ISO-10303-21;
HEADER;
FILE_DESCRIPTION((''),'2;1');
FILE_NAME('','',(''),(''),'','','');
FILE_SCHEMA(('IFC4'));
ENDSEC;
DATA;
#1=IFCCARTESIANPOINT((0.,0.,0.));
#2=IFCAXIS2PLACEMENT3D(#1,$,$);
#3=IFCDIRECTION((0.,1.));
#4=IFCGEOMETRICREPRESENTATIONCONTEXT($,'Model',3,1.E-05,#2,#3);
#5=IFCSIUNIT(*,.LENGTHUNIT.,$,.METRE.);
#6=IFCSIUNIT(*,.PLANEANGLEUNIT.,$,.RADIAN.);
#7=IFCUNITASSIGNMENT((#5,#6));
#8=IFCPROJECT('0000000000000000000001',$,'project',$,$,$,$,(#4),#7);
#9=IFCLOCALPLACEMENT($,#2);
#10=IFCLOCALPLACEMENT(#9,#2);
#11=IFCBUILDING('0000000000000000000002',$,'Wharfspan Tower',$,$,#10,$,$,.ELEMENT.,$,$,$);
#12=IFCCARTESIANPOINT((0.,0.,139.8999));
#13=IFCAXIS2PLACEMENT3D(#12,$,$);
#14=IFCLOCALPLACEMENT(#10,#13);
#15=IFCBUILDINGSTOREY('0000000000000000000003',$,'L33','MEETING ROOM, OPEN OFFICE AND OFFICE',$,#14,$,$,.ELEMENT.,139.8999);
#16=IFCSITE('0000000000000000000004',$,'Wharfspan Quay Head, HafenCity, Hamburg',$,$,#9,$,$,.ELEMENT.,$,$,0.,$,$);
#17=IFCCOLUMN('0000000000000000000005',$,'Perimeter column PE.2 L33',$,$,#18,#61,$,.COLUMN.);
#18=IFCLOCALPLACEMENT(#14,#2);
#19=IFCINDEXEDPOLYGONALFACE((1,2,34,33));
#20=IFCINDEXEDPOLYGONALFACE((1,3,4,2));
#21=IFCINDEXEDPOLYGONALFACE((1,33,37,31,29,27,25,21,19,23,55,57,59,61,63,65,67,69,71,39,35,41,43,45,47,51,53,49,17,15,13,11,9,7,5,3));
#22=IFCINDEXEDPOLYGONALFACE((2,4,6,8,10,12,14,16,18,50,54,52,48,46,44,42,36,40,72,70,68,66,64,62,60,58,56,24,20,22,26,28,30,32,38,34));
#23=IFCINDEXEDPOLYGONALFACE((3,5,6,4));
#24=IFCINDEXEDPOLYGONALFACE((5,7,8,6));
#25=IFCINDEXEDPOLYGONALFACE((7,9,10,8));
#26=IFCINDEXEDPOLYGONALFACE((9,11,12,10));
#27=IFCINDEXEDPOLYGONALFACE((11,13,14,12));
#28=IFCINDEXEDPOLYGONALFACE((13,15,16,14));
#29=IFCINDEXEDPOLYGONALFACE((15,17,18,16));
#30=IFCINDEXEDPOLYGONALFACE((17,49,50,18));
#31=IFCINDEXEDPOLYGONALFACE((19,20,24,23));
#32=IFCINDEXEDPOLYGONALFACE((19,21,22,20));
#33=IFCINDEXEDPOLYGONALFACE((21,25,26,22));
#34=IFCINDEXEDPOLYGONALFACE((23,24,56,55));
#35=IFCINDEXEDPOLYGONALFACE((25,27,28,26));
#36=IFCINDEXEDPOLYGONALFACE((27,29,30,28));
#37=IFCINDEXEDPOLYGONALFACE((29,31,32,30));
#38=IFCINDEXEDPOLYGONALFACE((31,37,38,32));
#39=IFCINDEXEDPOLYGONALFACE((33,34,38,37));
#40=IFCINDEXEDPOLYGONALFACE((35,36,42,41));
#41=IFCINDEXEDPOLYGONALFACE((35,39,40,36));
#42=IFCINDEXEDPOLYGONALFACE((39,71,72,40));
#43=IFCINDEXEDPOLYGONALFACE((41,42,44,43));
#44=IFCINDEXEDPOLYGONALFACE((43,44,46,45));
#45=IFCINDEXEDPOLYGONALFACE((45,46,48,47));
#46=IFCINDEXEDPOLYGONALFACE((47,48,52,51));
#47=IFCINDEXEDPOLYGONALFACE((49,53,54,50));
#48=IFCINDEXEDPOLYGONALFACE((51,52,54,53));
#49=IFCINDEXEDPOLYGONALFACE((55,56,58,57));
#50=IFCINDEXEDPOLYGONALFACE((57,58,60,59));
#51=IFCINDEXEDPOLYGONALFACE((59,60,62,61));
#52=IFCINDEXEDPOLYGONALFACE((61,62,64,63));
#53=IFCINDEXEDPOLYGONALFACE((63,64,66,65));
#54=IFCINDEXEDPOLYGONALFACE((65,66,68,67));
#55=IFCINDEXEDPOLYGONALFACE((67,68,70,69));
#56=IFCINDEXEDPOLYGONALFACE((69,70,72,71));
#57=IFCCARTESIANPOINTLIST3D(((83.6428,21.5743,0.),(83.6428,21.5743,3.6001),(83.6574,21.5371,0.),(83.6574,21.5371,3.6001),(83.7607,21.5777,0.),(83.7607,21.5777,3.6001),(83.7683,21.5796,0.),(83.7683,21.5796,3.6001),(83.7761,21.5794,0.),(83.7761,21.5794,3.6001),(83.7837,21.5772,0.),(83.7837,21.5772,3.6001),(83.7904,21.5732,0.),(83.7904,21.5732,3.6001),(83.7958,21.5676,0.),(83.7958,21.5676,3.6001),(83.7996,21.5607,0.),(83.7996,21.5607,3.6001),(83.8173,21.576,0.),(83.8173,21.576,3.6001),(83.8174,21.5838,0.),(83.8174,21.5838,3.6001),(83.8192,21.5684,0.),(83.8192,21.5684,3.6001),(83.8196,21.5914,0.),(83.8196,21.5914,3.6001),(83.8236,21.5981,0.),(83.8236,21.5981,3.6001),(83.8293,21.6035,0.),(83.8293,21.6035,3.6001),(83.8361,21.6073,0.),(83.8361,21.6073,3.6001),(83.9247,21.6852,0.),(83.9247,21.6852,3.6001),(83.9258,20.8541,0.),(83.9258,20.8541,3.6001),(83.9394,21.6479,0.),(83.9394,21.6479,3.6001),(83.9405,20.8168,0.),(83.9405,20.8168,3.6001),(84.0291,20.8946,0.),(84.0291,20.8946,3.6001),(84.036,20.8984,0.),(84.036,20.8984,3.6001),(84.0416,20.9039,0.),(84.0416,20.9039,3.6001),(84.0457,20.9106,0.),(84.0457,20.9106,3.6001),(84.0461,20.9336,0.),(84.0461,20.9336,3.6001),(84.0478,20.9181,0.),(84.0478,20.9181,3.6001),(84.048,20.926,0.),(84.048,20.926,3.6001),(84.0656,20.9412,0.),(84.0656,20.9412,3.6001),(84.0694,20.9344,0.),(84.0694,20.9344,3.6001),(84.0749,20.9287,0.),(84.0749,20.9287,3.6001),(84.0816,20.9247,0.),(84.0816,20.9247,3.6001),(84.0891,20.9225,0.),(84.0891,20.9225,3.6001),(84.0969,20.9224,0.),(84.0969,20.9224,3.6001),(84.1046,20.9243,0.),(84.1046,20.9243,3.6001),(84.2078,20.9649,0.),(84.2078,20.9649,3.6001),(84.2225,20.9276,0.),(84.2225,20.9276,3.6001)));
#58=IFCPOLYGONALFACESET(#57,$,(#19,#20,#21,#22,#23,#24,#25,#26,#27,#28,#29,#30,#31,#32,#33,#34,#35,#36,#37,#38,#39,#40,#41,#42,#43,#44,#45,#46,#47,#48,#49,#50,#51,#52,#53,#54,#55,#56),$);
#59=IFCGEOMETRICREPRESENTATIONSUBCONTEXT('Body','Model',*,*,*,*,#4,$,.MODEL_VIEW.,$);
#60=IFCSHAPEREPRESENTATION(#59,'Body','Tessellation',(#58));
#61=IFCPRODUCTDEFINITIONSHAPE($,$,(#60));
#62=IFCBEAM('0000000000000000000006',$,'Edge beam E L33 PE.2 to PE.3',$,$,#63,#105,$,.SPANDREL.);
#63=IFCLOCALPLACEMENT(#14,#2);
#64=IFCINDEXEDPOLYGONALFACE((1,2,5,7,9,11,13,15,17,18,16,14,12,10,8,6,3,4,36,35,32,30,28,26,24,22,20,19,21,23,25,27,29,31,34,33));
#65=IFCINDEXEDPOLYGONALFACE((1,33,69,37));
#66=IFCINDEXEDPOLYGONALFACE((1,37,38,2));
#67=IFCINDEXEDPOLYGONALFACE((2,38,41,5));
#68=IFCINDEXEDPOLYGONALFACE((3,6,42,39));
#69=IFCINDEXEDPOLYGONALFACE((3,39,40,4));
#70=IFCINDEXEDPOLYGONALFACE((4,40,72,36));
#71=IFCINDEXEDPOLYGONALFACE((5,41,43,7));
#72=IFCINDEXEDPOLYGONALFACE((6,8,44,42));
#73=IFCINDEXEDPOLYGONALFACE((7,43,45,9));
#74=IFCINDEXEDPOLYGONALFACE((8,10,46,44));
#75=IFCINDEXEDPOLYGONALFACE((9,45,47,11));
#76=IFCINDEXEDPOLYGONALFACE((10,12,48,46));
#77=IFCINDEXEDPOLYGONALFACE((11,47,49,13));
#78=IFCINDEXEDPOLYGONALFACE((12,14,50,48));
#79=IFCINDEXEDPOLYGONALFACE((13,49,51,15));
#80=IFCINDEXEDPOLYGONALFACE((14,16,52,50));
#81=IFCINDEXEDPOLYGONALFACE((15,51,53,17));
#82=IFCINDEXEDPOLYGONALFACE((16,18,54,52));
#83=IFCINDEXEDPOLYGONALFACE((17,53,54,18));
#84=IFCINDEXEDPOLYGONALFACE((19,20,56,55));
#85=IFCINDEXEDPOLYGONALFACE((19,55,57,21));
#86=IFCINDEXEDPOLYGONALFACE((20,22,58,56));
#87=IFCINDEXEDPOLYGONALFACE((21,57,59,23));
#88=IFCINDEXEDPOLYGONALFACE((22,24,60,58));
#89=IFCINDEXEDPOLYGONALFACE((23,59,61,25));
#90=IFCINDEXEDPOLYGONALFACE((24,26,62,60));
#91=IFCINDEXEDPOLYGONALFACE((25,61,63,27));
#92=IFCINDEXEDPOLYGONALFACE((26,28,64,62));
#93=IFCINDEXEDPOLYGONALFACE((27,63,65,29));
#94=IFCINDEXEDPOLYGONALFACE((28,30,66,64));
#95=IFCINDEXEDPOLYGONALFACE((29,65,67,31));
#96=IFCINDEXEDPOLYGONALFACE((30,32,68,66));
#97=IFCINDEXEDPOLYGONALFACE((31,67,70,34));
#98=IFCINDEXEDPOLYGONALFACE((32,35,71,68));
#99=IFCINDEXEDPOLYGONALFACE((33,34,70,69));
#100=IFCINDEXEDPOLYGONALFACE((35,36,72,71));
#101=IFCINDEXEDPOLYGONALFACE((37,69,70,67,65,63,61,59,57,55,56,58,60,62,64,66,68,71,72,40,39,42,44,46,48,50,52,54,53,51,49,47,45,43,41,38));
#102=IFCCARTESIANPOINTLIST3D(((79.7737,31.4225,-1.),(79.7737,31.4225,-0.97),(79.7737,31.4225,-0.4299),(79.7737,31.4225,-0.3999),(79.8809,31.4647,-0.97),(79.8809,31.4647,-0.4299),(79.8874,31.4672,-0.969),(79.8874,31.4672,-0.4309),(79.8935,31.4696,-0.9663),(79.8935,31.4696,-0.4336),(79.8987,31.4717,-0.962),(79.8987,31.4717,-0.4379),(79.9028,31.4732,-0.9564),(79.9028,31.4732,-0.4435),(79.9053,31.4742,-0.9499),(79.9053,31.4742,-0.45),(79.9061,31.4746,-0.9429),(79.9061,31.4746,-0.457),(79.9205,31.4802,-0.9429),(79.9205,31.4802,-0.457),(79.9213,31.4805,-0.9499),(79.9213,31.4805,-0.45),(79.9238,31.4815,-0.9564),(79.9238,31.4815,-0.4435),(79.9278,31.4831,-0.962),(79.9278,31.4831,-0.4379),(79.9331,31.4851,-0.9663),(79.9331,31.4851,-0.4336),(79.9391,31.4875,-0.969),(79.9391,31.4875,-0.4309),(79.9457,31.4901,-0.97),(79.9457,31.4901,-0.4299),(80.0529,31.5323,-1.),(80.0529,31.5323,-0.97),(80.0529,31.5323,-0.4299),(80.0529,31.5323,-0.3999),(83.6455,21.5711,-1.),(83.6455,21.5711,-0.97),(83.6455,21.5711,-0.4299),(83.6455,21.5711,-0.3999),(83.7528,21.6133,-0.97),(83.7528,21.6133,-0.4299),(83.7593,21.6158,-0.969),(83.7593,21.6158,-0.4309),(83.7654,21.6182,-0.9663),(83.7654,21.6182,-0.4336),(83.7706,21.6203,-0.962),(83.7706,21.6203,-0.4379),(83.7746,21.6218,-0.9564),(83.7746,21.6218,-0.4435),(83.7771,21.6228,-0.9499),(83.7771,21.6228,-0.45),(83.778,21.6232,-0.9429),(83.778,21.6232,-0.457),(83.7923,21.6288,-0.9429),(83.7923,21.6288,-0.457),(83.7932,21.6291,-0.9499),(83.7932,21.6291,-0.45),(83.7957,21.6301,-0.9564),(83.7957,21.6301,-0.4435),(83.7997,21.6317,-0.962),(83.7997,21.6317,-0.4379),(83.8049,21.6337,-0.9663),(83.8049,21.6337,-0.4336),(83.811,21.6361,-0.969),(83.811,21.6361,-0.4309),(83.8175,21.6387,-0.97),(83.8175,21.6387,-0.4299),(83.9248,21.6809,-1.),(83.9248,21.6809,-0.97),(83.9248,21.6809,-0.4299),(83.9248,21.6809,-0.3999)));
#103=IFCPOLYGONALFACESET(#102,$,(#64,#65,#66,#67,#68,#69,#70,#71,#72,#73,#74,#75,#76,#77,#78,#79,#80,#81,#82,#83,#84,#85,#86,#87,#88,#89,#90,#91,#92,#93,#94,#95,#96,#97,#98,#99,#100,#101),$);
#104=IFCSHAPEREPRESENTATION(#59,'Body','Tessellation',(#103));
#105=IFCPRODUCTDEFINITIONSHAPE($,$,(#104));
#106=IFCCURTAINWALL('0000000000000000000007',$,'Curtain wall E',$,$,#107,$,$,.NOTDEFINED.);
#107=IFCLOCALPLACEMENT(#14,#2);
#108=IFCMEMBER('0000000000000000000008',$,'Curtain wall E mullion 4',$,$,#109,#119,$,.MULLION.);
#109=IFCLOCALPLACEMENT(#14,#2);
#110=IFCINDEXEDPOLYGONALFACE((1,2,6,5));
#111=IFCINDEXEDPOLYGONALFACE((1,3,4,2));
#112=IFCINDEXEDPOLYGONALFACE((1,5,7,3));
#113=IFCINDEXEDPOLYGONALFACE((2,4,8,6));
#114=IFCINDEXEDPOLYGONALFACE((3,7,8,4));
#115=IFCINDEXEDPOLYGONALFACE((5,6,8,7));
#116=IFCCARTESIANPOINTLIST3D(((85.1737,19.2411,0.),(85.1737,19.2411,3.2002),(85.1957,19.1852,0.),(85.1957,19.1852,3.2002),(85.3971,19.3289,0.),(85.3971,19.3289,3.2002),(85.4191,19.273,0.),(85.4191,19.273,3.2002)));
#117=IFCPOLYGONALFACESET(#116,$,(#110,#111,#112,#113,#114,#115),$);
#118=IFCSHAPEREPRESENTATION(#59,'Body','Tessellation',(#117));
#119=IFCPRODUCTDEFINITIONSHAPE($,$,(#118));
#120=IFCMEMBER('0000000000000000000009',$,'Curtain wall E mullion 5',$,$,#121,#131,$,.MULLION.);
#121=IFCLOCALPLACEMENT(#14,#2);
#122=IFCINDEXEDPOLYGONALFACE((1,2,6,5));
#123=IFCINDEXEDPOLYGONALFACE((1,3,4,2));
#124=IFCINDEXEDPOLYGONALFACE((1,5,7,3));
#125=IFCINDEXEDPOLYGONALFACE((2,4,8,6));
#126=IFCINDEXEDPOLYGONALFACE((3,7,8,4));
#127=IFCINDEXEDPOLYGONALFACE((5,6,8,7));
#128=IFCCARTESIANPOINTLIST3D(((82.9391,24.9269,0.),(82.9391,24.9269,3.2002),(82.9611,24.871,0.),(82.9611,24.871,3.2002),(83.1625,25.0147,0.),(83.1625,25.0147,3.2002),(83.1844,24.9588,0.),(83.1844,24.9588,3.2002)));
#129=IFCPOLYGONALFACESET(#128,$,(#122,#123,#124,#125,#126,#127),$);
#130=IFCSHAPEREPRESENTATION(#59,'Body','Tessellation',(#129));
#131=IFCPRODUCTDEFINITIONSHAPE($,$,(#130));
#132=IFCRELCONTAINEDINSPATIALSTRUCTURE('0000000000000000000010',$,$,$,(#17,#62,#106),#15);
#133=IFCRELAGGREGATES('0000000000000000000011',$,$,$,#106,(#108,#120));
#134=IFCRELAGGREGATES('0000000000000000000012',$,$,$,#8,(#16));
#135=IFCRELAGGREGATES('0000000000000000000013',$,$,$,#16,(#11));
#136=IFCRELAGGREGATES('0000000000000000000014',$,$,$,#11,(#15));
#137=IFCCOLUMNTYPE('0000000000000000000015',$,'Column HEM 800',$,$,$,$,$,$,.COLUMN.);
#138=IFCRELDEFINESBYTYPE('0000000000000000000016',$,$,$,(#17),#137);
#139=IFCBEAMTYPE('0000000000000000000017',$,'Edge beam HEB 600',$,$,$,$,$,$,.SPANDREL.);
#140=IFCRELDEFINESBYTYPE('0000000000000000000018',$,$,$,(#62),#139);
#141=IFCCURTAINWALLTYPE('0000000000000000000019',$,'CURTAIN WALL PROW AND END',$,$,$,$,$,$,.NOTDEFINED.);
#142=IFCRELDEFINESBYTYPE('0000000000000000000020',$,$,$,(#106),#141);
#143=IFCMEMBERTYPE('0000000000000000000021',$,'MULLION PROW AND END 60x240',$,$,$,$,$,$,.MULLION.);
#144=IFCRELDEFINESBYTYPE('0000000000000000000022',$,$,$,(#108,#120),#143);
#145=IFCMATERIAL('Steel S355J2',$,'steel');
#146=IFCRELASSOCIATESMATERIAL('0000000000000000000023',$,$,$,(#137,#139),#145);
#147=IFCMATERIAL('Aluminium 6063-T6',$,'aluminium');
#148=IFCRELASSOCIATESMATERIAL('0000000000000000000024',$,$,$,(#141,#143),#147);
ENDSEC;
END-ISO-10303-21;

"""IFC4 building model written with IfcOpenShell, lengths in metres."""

from ifc_helpers import new_model, si_unit, direction, frame, origin, origin_2d, place, context, subcontext, project, spatial, rectangle, i_section, extrude, material, material_profile, profile_set, type_object, element, aggregate, save


model = new_model("IFC4")

# Units and contexts
model_context = context("Model", 3, precision=1e-05, world=origin(), true_north=direction((0.0, 1.0)))
body_context = subcontext(model_context, "Body", "Model", "MODEL_VIEW")
ifc_project = project(units=[si_unit("LENGTHUNIT", "METRE"), si_unit("PLANEANGLEUNIT", "RADIAN")], contexts=[model_context])

# Site, building, storey
site_placement = place(None, origin())
site = spatial("IfcSite", under=ifc_project, at=site_placement, Name="Wharfspan Quay Head, HafenCity, Hamburg", CompositionType="ELEMENT", RefElevation=0.0)
building_placement = place(site_placement, origin())
building = spatial("IfcBuilding", under=site, at=building_placement, Name="Wharfspan Tower", CompositionType="ELEMENT")
storey_placement = place(building_placement, frame((0.0, 0.0, 139.8999)))
storey = spatial("IfcBuildingStorey", under=building, at=storey_placement, Name="L33", Description="MEETING ROOM, OPEN OFFICE AND OFFICE", CompositionType="ELEMENT", Elevation=139.8999)

# Column
ifc_material_1 = material(Name="Steel S355J2", Category="steel")
ifc_material_profile_1 = material_profile(ifc_material_1, i_section(OverallWidth=0.303, OverallDepth=0.814, WebThickness=0.021, FlangeThickness=0.04, FilletRadius=0.03, at=origin_2d()))
ifc_profile_set_1 = profile_set([ifc_material_profile_1], Name="Steel S355J2")
column_type = type_object("IfcColumnType", Name="Column HEM 800", PredefinedType="COLUMN", material=ifc_profile_set_1)
column_placement = place(storey_placement, frame((83.9326, 21.251, 0.0), z_axis=(0.0, 0.0, 1.0), x_axis=(0.930702, 0.365778, 0.0)))
element("IfcColumn", 1, at=column_placement, inside=storey, type_object=column_type, Name="Perimeter column PE.2 L33", PredefinedType="COLUMN", context=body_context, shape_type="SweptSolid", body=[
    extrude(i_section(OverallWidth=0.303, OverallDepth=0.814, WebThickness=0.021, FlangeThickness=0.04, FilletRadius=0.03, at=origin_2d()), origin(), (0.0, 0.0, 1.0), 3.6001),
])

# Beam
ifc_material_profile_2 = material_profile(ifc_material_1, i_section(OverallWidth=0.3, OverallDepth=0.6001, WebThickness=0.0154, FlangeThickness=0.03, FilletRadius=0.0271, at=origin_2d()))
ifc_profile_set_2 = profile_set([ifc_material_profile_2], Name="Steel S355J2")
beam_type = type_object("IfcBeamType", Name="Edge beam HEB 600", PredefinedType="SPANDREL", material=ifc_profile_set_2)
beam_placement = place(storey_placement, frame((83.7852, 21.626, -0.7), z_axis=(-0.365789, 0.930698, 0.0), x_axis=(-0.930698, -0.365789, 0.0)))
element("IfcBeam", 2, at=beam_placement, inside=storey, type_object=beam_type, Name="Edge beam E L33 PE.2 to PE.3", PredefinedType="SPANDREL", context=body_context, shape_type="SweptSolid", body=[
    extrude(i_section(OverallWidth=0.3, OverallDepth=0.6001, WebThickness=0.0154, FlangeThickness=0.03, FilletRadius=0.0271, at=origin_2d()), origin(), (0.0, 0.0, 1.0), 10.585),
])

# Curtain wall, members
ifc_material_2 = material(Name="Aluminium 6063-T6", Category="aluminium")
curtain_wall_type = type_object("IfcCurtainWallType", Name="CURTAIN WALL PROW AND END", PredefinedType="NOTDEFINED", material=ifc_material_2)
curtain_wall_placement = place(storey_placement, origin())
curtain_wall = element("IfcCurtainWall", 3, at=curtain_wall_placement, inside=storey, type_object=curtain_wall_type, Name="Curtain wall E", PredefinedType="NOTDEFINED")
ifc_material_profile_3 = material_profile(ifc_material_2, rectangle(XDim=0.24, YDim=0.0601, at=origin_2d()))
ifc_profile_set_3 = profile_set([ifc_material_profile_3], Name="Aluminium 6063-T6")
member_type_1 = type_object("IfcMemberType", Name="MULLION PROW AND END 60x240", PredefinedType="MULLION", material=ifc_profile_set_3)
member_1_placement = place(storey_placement, frame((85.2964, 19.2571, 0.0), z_axis=(0.0, 0.0, 1.0), x_axis=(-0.930702, -0.365778, 0.0)))
member_1 = element("IfcMember", 4, at=member_1_placement, type_object=member_type_1, Name="Curtain wall E mullion 4", PredefinedType="MULLION", context=body_context, shape_type="SweptSolid", body=[
    extrude(rectangle(XDim=0.24, YDim=0.0601, at=origin_2d()), origin(), (0.0, 0.0, 1.0), 3.2002),
])
member_2_placement = place(storey_placement, frame((83.0618, 24.9429, 0.0), z_axis=(0.0, 0.0, 1.0), x_axis=(-0.930702, -0.365778, 0.0)))
member_2 = element("IfcMember", 5, at=member_2_placement, type_object=member_type_1, Name="Curtain wall E mullion 5", PredefinedType="MULLION", context=body_context, shape_type="SweptSolid", body=[
    extrude(rectangle(XDim=0.24, YDim=0.0601, at=origin_2d()), origin(), (0.0, 0.0, 1.0), 3.2002),
])

aggregate(curtain_wall, [member_1, member_2])

save(model, "model.ifc")
